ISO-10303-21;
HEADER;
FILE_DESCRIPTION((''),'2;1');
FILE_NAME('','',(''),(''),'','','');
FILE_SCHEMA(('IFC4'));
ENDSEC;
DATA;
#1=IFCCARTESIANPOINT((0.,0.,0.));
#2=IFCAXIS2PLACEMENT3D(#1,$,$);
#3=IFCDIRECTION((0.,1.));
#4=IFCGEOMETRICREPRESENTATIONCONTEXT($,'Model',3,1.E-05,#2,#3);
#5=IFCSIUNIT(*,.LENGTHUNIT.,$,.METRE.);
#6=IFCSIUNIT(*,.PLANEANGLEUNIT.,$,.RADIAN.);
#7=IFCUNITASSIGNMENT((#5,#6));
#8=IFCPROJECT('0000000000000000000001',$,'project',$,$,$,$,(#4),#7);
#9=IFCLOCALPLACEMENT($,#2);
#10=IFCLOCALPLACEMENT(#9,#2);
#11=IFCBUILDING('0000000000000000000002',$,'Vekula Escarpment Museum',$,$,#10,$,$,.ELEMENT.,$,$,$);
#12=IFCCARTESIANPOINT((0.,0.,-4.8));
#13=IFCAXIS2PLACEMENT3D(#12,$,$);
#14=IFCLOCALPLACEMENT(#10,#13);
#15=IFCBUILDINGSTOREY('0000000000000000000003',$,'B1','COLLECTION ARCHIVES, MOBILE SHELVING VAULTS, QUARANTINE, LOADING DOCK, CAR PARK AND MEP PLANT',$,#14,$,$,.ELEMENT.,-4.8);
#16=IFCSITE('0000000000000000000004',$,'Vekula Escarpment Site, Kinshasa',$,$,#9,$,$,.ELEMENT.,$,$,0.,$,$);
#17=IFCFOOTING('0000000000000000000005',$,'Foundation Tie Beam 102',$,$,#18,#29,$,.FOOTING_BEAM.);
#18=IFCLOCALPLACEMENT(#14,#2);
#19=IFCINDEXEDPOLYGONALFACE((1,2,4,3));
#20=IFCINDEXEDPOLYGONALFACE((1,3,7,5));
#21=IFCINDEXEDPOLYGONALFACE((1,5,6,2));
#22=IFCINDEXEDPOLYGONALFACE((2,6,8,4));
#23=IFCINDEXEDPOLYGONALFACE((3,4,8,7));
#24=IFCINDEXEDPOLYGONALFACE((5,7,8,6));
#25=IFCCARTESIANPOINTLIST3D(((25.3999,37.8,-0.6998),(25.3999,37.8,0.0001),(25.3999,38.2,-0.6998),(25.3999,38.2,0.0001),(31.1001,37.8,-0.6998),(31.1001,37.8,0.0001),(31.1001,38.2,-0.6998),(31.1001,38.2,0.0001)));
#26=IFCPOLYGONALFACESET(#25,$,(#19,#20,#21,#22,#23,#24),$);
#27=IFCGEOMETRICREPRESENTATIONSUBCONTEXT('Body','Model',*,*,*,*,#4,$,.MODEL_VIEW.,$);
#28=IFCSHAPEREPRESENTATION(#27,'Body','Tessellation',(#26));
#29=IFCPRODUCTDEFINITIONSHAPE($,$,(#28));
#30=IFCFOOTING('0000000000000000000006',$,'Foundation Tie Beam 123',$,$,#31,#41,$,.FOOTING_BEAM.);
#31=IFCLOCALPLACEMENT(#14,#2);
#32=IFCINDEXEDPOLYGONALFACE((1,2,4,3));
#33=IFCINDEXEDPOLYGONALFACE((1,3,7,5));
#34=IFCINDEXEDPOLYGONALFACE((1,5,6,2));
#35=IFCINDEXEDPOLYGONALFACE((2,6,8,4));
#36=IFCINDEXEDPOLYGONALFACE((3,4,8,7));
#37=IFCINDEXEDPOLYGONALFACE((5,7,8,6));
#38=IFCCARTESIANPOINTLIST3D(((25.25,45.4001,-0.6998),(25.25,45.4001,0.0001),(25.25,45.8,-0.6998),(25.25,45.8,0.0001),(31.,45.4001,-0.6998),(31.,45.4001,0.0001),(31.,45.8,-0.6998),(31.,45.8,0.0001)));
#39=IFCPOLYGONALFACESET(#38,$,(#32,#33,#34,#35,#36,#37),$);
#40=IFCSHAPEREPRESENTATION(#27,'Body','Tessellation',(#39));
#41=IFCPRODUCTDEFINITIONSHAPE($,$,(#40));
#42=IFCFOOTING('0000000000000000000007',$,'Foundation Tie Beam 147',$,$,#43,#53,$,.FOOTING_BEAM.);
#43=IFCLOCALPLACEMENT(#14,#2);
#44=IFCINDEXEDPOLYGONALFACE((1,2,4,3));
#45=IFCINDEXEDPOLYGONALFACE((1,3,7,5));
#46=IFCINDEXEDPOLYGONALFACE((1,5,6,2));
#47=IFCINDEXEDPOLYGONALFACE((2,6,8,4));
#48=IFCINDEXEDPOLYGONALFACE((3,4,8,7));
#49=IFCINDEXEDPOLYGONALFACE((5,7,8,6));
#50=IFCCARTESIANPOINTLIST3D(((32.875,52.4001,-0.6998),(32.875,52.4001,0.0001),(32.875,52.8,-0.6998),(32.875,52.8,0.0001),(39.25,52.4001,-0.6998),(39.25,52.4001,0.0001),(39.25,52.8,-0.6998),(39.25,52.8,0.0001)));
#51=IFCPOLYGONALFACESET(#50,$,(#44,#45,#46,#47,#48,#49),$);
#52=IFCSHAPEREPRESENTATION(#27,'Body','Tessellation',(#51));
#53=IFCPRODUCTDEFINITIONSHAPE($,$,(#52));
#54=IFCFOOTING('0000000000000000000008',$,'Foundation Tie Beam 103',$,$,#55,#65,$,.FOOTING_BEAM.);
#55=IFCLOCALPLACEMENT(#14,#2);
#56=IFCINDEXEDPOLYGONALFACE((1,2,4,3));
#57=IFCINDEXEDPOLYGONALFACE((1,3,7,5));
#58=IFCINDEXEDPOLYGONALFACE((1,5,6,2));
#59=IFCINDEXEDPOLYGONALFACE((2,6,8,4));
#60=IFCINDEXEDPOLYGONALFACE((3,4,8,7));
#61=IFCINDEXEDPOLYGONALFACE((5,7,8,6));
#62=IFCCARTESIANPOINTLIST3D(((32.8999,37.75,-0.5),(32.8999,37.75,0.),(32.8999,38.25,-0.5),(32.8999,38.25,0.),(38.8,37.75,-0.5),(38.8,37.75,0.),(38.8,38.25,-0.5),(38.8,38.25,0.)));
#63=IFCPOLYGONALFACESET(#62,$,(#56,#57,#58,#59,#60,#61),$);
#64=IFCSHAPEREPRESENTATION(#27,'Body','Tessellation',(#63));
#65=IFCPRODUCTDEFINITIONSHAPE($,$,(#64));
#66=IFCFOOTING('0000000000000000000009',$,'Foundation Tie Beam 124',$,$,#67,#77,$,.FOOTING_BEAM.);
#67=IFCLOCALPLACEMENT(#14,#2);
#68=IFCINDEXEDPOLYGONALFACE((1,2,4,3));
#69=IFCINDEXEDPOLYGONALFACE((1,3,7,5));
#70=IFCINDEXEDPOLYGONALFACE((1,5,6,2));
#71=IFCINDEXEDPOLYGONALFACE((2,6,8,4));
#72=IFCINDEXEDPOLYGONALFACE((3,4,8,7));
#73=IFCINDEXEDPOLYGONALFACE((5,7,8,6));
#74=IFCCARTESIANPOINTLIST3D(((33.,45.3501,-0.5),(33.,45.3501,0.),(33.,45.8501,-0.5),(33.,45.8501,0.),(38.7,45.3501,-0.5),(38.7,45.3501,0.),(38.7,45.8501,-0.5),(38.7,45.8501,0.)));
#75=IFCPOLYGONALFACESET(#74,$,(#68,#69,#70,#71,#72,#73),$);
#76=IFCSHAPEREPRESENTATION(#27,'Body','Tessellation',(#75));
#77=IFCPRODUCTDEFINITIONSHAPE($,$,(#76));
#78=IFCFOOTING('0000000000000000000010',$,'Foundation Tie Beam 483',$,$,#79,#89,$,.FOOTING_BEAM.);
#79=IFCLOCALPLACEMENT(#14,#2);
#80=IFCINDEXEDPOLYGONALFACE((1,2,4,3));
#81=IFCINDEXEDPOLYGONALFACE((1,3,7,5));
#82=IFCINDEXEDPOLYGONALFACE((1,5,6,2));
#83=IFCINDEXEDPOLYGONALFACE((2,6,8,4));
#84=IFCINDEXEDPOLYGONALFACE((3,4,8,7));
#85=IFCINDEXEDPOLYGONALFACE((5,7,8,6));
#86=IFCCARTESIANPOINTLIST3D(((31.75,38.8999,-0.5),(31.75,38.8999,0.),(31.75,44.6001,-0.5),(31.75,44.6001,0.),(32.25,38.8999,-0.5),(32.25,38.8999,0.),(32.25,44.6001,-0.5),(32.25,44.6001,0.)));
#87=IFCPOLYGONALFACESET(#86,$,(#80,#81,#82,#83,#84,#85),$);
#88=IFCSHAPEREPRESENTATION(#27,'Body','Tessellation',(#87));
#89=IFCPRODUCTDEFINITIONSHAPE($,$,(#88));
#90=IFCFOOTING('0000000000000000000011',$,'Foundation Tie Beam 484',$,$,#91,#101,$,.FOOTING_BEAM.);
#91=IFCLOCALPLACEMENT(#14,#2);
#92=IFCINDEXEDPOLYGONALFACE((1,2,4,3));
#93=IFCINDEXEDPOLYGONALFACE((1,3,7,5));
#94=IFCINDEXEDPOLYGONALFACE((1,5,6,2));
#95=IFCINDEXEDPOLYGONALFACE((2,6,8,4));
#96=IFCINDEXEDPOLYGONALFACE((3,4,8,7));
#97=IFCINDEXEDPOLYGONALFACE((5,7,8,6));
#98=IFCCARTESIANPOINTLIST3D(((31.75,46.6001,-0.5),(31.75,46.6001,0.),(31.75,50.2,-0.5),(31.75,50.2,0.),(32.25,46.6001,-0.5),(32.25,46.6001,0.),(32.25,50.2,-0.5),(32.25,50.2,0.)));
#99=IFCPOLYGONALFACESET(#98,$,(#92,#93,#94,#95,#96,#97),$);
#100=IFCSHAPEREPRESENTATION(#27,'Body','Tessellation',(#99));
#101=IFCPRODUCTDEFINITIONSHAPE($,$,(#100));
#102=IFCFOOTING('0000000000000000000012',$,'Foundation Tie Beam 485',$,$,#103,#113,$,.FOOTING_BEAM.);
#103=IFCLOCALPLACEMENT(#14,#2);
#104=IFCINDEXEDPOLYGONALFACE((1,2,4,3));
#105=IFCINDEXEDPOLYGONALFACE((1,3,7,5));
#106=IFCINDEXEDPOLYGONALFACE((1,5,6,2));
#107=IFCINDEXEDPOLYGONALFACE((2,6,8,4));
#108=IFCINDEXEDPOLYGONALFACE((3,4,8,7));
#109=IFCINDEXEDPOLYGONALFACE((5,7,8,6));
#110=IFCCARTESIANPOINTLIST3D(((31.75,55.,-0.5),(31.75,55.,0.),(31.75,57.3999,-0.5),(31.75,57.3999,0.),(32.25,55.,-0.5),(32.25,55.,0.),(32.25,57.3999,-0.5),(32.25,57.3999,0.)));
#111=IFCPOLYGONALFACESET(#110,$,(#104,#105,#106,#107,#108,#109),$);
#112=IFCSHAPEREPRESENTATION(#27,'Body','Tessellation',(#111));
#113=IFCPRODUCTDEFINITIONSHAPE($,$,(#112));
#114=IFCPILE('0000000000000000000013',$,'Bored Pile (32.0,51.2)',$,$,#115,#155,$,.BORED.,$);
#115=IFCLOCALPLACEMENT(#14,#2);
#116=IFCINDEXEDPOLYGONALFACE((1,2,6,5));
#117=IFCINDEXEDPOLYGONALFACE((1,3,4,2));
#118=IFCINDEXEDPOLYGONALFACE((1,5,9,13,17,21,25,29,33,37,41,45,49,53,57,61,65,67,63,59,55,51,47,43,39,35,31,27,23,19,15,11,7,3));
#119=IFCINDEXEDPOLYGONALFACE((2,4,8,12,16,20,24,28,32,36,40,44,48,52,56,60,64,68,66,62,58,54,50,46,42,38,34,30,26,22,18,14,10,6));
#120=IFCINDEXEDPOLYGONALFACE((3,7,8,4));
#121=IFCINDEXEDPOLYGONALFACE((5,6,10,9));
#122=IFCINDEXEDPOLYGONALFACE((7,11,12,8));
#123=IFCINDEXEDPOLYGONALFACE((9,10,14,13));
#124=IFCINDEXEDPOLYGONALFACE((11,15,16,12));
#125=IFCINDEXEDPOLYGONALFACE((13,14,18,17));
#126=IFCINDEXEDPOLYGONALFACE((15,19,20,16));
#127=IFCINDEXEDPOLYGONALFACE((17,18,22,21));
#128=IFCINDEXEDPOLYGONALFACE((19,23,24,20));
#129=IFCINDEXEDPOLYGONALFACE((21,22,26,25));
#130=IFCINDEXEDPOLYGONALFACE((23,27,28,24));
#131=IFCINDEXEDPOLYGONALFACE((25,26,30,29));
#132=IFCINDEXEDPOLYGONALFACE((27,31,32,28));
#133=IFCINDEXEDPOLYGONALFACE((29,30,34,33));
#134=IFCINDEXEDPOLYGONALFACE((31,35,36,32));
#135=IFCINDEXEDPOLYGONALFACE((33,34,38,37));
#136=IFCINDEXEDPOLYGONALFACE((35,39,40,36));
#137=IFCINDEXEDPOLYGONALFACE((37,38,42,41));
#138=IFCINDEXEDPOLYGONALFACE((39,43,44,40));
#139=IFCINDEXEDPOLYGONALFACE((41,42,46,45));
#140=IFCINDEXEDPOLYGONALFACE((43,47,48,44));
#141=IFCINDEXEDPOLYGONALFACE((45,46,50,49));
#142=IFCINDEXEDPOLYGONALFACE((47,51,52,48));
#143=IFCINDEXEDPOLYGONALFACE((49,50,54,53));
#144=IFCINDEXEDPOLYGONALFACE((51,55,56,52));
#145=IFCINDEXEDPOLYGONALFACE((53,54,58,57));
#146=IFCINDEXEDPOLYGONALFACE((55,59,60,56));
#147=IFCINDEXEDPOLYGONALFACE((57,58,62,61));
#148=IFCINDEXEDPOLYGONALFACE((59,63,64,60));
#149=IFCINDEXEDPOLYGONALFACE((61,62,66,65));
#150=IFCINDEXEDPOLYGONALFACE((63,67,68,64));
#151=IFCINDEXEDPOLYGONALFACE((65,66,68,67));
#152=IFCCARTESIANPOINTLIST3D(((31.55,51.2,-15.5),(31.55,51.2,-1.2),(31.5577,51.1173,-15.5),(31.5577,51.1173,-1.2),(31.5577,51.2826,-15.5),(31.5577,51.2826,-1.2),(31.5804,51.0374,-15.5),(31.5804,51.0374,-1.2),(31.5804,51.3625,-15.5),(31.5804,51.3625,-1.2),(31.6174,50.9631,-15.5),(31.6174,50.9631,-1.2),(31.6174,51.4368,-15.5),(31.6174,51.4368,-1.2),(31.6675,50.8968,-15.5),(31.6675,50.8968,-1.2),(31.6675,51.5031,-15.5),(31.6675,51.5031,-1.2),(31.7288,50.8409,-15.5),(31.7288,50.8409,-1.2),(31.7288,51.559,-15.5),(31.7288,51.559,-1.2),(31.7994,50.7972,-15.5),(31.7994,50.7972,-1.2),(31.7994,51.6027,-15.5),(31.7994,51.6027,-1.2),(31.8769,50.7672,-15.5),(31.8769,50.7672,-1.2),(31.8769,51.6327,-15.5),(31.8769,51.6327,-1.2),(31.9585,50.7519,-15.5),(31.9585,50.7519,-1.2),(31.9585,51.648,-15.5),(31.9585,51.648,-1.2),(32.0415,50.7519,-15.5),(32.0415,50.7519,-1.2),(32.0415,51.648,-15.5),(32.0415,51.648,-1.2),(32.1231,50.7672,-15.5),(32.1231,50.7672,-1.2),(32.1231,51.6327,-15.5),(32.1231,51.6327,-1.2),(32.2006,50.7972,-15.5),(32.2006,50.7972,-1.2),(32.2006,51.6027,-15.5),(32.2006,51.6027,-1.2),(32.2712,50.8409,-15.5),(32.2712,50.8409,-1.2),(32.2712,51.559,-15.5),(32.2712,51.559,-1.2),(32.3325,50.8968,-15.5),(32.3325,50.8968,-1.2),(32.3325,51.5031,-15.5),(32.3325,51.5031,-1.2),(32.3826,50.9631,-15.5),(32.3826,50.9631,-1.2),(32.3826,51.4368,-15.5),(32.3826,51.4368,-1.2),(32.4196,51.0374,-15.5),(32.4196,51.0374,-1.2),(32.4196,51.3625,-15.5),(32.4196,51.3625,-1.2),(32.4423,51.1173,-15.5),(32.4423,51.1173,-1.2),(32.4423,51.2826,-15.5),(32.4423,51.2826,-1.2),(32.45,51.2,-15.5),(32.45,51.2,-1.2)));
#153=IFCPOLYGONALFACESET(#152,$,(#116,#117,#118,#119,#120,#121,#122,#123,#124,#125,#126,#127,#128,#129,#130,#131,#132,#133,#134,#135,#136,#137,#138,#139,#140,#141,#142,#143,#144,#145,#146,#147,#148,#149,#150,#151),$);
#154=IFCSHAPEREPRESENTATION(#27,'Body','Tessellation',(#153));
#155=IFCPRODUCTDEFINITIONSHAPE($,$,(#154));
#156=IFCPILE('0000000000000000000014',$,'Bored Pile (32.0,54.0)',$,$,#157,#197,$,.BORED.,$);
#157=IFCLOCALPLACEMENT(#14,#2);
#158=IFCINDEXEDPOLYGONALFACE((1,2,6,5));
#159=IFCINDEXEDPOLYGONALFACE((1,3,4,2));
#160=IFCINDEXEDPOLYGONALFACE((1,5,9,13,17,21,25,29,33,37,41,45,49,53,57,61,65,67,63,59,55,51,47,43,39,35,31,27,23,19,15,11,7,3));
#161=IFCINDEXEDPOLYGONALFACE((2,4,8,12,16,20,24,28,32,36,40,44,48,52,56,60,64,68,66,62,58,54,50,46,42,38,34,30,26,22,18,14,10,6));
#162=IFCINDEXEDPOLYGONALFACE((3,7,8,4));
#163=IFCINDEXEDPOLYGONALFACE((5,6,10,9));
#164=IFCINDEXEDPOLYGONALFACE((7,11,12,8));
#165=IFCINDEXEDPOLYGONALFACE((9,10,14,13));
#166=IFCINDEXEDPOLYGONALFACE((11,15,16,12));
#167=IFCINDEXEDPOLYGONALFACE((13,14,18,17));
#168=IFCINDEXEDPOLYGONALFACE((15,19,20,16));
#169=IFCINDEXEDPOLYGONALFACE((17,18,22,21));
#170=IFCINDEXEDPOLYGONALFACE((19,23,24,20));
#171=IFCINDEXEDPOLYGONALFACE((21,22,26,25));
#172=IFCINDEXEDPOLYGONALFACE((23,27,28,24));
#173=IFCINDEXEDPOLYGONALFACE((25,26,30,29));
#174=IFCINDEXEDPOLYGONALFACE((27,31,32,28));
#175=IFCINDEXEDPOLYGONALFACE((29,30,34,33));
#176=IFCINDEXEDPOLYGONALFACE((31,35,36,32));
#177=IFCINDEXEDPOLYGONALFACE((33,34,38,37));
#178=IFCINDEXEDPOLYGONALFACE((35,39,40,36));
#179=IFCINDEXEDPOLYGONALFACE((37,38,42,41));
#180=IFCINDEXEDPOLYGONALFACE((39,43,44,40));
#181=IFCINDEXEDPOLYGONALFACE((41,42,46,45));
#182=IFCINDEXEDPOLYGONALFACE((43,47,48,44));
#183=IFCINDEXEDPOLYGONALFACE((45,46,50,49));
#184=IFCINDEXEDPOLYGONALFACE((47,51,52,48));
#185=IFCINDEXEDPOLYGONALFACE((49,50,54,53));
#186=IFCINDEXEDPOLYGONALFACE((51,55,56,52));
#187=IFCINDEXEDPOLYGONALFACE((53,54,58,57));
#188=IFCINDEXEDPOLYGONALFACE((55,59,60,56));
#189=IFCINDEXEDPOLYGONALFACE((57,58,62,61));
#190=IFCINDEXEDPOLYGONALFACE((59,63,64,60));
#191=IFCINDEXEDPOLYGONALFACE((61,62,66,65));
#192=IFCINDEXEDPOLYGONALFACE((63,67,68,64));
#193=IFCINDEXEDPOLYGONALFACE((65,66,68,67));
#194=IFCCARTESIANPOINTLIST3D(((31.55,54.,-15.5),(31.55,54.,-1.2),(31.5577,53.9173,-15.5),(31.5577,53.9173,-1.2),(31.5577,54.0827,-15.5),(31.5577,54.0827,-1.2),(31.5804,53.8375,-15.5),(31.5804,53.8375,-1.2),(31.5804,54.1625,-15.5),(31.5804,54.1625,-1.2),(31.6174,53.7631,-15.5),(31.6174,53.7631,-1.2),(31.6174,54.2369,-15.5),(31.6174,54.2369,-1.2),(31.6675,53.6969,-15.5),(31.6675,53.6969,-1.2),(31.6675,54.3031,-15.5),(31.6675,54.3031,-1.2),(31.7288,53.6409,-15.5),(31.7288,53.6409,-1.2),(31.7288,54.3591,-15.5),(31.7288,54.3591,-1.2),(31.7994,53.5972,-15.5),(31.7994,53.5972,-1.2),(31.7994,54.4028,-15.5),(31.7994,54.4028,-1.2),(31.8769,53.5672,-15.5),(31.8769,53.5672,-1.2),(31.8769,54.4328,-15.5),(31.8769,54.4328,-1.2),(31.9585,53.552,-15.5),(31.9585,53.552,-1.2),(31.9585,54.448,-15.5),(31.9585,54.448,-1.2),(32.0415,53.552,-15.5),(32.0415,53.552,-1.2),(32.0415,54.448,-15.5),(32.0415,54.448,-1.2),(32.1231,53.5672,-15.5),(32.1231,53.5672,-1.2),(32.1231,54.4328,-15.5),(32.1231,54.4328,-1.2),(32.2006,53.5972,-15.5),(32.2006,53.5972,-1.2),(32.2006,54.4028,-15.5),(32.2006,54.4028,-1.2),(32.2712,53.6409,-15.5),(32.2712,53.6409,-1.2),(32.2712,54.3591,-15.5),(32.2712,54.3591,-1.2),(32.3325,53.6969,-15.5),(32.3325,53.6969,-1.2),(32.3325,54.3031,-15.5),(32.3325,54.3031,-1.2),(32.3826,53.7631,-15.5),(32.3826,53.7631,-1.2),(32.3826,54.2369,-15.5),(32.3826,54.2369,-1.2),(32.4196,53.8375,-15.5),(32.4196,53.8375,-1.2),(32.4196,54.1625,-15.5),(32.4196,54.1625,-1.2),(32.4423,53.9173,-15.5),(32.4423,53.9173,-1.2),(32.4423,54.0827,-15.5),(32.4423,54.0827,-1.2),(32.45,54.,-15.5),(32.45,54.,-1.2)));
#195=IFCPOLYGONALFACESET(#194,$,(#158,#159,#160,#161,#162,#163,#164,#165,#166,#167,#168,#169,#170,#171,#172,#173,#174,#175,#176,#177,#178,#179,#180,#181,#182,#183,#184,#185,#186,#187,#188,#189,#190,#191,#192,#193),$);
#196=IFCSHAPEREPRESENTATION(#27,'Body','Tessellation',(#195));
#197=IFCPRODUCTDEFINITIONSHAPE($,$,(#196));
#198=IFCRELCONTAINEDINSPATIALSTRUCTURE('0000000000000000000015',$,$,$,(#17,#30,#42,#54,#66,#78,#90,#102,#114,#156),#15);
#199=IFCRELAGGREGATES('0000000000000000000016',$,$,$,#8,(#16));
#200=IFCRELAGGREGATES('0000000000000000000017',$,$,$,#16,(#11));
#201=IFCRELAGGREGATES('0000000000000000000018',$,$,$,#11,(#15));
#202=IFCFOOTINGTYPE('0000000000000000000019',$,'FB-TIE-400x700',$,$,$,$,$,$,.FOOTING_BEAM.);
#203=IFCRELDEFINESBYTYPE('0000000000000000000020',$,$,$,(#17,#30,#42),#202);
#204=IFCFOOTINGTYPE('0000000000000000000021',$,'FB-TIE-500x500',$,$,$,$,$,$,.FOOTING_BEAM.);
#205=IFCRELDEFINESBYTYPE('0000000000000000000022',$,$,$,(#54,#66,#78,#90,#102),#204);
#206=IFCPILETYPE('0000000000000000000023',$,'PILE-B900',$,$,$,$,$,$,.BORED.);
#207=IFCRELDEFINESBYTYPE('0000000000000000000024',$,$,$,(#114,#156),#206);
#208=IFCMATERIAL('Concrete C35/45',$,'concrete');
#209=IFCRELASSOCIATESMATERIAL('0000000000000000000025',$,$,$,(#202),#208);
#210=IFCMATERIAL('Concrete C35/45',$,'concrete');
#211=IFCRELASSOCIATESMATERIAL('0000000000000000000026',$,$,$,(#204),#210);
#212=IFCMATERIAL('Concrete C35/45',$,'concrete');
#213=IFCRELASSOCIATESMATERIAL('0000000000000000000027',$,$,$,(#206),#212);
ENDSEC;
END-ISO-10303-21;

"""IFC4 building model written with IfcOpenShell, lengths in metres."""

from ifc_helpers import new_model, si_unit, direction, frame, origin, origin_2d, place, context, subcontext, project, spatial, rectangle, circle, extrude, material, material_profile, profile_set, type_object, element, save


model = new_model("IFC4")

# Units and contexts
model_context = context("Model", 3, precision=1e-05, world=origin(), true_north=direction((0.0, 1.0)))
body_context = subcontext(model_context, "Body", "Model", "MODEL_VIEW")
ifc_project = project(units=[si_unit("LENGTHUNIT", "METRE"), si_unit("PLANEANGLEUNIT", "RADIAN")], contexts=[model_context])

# Site, building, storey
site_placement = place(None, origin())
site = spatial("IfcSite", under=ifc_project, at=site_placement, Name="Vekula Escarpment Site, Kinshasa", CompositionType="ELEMENT", RefElevation=0.0)
building_placement = place(site_placement, origin())
building = spatial("IfcBuilding", under=site, at=building_placement, Name="Vekula Escarpment Museum", CompositionType="ELEMENT")
storey_placement = place(building_placement, frame((0.0, 0.0, -4.8)))
storey = spatial("IfcBuildingStorey", under=building, at=storey_placement, Name="B1", Description="COLLECTION ARCHIVES, MOBILE SHELVING VAULTS, QUARANTINE, LOADING DOCK, CAR PARK AND MEP PLANT", CompositionType="ELEMENT", Elevation=-4.8)

# Footings
ifc_material_1 = material(Name="Concrete C35/45", Category="concrete")
ifc_material_profile_1 = material_profile(ifc_material_1, rectangle(XDim=0.3999, YDim=0.7, at=origin_2d()), Name="RC 400x700")
ifc_profile_set_1 = profile_set([ifc_material_profile_1], Name="Concrete C35/45")
footing_type_1 = type_object("IfcFootingType", Name="FB-TIE-400x700", PredefinedType="FOOTING_BEAM", material=ifc_profile_set_1)
footing_1_placement = place(storey_placement, frame((25.3999, 38.0, -0.3499), z_axis=(1.0, 0.0, 0.0), x_axis=(0.0, 1.0, 0.0)))
element("IfcFooting", 1, at=footing_1_placement, inside=storey, type_object=footing_type_1, Name="Foundation Tie Beam 102", PredefinedType="FOOTING_BEAM", context=body_context, shape_type="SweptSolid", body=[
    extrude(rectangle(XDim=0.3999, YDim=0.7, at=origin_2d()), origin(), (0.0, 0.0, 1.0), 5.7002),
])
footing_2_placement = place(storey_placement, frame((25.25, 45.6001, -0.3499), z_axis=(1.0, 0.0, 0.0), x_axis=(0.0, 1.0, 0.0)))
element("IfcFooting", 2, at=footing_2_placement, inside=storey, type_object=footing_type_1, Name="Foundation Tie Beam 123", PredefinedType="FOOTING_BEAM", context=body_context, shape_type="SweptSolid", body=[
    extrude(rectangle(XDim=0.3999, YDim=0.7, at=origin_2d()), origin(), (0.0, 0.0, 1.0), 5.75),
])
footing_3_placement = place(storey_placement, frame((32.875, 52.6001, -0.3499), z_axis=(1.0, 0.0, 0.0), x_axis=(0.0, 1.0, 0.0)))
element("IfcFooting", 3, at=footing_3_placement, inside=storey, type_object=footing_type_1, Name="Foundation Tie Beam 147", PredefinedType="FOOTING_BEAM", context=body_context, shape_type="SweptSolid", body=[
    extrude(rectangle(XDim=0.3999, YDim=0.7, at=origin_2d()), origin(), (0.0, 0.0, 1.0), 6.375),
])
ifc_material_2 = material(Name="Concrete C35/45", Category="concrete")
ifc_material_profile_2 = material_profile(ifc_material_2, rectangle(XDim=0.5, YDim=0.5, at=origin_2d()), Name="RC 500x500")
ifc_profile_set_2 = profile_set([ifc_material_profile_2], Name="Concrete C35/45")
footing_type_2 = type_object("IfcFootingType", Name="FB-TIE-500x500", PredefinedType="FOOTING_BEAM", material=ifc_profile_set_2)
footing_4_placement = place(storey_placement, frame((32.8999, 38.0, -0.25), z_axis=(1.0, 0.0, 0.0), x_axis=(0.0, 1.0, 0.0)))
element("IfcFooting", 4, at=footing_4_placement, inside=storey, type_object=footing_type_2, Name="Foundation Tie Beam 103", PredefinedType="FOOTING_BEAM", context=body_context, shape_type="SweptSolid", body=[
    extrude(rectangle(XDim=0.5, YDim=0.5, at=origin_2d()), origin(), (0.0, 0.0, 1.0), 5.9001),
])
footing_5_placement = place(storey_placement, frame((33.0, 45.6001, -0.25), z_axis=(1.0, 0.0, 0.0), x_axis=(0.0, 1.0, 0.0)))
element("IfcFooting", 5, at=footing_5_placement, inside=storey, type_object=footing_type_2, Name="Foundation Tie Beam 124", PredefinedType="FOOTING_BEAM", context=body_context, shape_type="SweptSolid", body=[
    extrude(rectangle(XDim=0.5, YDim=0.5, at=origin_2d()), origin(), (0.0, 0.0, 1.0), 5.7),
])
footing_6_placement = place(storey_placement, frame((32.0, 38.8999, -0.25), z_axis=(0.0, 1.0, 0.0), x_axis=(-1.0, 0.0, 0.0)))
element("IfcFooting", 6, at=footing_6_placement, inside=storey, type_object=footing_type_2, Name="Foundation Tie Beam 483", PredefinedType="FOOTING_BEAM", context=body_context, shape_type="SweptSolid", body=[
    extrude(rectangle(XDim=0.5, YDim=0.5, at=origin_2d()), origin(), (0.0, 0.0, 1.0), 5.7002),
])
footing_7_placement = place(storey_placement, frame((32.0, 46.6001, -0.25), z_axis=(0.0, 1.0, 0.0), x_axis=(-1.0, 0.0, 0.0)))
element("IfcFooting", 7, at=footing_7_placement, inside=storey, type_object=footing_type_2, Name="Foundation Tie Beam 484", PredefinedType="FOOTING_BEAM", context=body_context, shape_type="SweptSolid", body=[
    extrude(rectangle(XDim=0.5, YDim=0.5, at=origin_2d()), origin(), (0.0, 0.0, 1.0), 3.5999),
])
footing_8_placement = place(storey_placement, frame((32.0, 55.0, -0.25), z_axis=(0.0, 1.0, 0.0), x_axis=(-1.0, 0.0, 0.0)))
element("IfcFooting", 8, at=footing_8_placement, inside=storey, type_object=footing_type_2, Name="Foundation Tie Beam 485", PredefinedType="FOOTING_BEAM", context=body_context, shape_type="SweptSolid", body=[
    extrude(rectangle(XDim=0.5, YDim=0.5, at=origin_2d()), origin(), (0.0, 0.0, 1.0), 2.3999),
])

# Piles
ifc_material_3 = material(Name="Concrete C35/45", Category="concrete")
ifc_material_profile_3 = material_profile(ifc_material_3, circle(Radius=0.45, at=origin_2d()), Name="BORED PILE 900")
ifc_profile_set_3 = profile_set([ifc_material_profile_3], Name="Concrete C35/45")
pile_type = type_object("IfcPileType", Name="PILE-B900", PredefinedType="BORED", material=ifc_profile_set_3)
for number, where, z_axis, x_axis, name in (
    (9, (32.0, 51.2, -1.2), (0.0, 0.0, -1.0), (1.0, 0.0, 0.0), "Bored Pile (32.0,51.2)"),
    (10, (32.0, 54.0, -1.2), (0.0, 0.0, -1.0), (1.0, 0.0, 0.0), "Bored Pile (32.0,54.0)"),
):
    element("IfcPile", number, at=place(storey_placement, frame(where, z_axis=z_axis, x_axis=x_axis)), inside=storey, type_object=pile_type, Name=name, PredefinedType="BORED", context=body_context, shape_type="SweptSolid", body=[
        extrude(circle(Radius=0.45, at=origin_2d()), origin(), (0.0, 0.0, 1.0), 14.3),
    ])

save(model, "model.ifc")
